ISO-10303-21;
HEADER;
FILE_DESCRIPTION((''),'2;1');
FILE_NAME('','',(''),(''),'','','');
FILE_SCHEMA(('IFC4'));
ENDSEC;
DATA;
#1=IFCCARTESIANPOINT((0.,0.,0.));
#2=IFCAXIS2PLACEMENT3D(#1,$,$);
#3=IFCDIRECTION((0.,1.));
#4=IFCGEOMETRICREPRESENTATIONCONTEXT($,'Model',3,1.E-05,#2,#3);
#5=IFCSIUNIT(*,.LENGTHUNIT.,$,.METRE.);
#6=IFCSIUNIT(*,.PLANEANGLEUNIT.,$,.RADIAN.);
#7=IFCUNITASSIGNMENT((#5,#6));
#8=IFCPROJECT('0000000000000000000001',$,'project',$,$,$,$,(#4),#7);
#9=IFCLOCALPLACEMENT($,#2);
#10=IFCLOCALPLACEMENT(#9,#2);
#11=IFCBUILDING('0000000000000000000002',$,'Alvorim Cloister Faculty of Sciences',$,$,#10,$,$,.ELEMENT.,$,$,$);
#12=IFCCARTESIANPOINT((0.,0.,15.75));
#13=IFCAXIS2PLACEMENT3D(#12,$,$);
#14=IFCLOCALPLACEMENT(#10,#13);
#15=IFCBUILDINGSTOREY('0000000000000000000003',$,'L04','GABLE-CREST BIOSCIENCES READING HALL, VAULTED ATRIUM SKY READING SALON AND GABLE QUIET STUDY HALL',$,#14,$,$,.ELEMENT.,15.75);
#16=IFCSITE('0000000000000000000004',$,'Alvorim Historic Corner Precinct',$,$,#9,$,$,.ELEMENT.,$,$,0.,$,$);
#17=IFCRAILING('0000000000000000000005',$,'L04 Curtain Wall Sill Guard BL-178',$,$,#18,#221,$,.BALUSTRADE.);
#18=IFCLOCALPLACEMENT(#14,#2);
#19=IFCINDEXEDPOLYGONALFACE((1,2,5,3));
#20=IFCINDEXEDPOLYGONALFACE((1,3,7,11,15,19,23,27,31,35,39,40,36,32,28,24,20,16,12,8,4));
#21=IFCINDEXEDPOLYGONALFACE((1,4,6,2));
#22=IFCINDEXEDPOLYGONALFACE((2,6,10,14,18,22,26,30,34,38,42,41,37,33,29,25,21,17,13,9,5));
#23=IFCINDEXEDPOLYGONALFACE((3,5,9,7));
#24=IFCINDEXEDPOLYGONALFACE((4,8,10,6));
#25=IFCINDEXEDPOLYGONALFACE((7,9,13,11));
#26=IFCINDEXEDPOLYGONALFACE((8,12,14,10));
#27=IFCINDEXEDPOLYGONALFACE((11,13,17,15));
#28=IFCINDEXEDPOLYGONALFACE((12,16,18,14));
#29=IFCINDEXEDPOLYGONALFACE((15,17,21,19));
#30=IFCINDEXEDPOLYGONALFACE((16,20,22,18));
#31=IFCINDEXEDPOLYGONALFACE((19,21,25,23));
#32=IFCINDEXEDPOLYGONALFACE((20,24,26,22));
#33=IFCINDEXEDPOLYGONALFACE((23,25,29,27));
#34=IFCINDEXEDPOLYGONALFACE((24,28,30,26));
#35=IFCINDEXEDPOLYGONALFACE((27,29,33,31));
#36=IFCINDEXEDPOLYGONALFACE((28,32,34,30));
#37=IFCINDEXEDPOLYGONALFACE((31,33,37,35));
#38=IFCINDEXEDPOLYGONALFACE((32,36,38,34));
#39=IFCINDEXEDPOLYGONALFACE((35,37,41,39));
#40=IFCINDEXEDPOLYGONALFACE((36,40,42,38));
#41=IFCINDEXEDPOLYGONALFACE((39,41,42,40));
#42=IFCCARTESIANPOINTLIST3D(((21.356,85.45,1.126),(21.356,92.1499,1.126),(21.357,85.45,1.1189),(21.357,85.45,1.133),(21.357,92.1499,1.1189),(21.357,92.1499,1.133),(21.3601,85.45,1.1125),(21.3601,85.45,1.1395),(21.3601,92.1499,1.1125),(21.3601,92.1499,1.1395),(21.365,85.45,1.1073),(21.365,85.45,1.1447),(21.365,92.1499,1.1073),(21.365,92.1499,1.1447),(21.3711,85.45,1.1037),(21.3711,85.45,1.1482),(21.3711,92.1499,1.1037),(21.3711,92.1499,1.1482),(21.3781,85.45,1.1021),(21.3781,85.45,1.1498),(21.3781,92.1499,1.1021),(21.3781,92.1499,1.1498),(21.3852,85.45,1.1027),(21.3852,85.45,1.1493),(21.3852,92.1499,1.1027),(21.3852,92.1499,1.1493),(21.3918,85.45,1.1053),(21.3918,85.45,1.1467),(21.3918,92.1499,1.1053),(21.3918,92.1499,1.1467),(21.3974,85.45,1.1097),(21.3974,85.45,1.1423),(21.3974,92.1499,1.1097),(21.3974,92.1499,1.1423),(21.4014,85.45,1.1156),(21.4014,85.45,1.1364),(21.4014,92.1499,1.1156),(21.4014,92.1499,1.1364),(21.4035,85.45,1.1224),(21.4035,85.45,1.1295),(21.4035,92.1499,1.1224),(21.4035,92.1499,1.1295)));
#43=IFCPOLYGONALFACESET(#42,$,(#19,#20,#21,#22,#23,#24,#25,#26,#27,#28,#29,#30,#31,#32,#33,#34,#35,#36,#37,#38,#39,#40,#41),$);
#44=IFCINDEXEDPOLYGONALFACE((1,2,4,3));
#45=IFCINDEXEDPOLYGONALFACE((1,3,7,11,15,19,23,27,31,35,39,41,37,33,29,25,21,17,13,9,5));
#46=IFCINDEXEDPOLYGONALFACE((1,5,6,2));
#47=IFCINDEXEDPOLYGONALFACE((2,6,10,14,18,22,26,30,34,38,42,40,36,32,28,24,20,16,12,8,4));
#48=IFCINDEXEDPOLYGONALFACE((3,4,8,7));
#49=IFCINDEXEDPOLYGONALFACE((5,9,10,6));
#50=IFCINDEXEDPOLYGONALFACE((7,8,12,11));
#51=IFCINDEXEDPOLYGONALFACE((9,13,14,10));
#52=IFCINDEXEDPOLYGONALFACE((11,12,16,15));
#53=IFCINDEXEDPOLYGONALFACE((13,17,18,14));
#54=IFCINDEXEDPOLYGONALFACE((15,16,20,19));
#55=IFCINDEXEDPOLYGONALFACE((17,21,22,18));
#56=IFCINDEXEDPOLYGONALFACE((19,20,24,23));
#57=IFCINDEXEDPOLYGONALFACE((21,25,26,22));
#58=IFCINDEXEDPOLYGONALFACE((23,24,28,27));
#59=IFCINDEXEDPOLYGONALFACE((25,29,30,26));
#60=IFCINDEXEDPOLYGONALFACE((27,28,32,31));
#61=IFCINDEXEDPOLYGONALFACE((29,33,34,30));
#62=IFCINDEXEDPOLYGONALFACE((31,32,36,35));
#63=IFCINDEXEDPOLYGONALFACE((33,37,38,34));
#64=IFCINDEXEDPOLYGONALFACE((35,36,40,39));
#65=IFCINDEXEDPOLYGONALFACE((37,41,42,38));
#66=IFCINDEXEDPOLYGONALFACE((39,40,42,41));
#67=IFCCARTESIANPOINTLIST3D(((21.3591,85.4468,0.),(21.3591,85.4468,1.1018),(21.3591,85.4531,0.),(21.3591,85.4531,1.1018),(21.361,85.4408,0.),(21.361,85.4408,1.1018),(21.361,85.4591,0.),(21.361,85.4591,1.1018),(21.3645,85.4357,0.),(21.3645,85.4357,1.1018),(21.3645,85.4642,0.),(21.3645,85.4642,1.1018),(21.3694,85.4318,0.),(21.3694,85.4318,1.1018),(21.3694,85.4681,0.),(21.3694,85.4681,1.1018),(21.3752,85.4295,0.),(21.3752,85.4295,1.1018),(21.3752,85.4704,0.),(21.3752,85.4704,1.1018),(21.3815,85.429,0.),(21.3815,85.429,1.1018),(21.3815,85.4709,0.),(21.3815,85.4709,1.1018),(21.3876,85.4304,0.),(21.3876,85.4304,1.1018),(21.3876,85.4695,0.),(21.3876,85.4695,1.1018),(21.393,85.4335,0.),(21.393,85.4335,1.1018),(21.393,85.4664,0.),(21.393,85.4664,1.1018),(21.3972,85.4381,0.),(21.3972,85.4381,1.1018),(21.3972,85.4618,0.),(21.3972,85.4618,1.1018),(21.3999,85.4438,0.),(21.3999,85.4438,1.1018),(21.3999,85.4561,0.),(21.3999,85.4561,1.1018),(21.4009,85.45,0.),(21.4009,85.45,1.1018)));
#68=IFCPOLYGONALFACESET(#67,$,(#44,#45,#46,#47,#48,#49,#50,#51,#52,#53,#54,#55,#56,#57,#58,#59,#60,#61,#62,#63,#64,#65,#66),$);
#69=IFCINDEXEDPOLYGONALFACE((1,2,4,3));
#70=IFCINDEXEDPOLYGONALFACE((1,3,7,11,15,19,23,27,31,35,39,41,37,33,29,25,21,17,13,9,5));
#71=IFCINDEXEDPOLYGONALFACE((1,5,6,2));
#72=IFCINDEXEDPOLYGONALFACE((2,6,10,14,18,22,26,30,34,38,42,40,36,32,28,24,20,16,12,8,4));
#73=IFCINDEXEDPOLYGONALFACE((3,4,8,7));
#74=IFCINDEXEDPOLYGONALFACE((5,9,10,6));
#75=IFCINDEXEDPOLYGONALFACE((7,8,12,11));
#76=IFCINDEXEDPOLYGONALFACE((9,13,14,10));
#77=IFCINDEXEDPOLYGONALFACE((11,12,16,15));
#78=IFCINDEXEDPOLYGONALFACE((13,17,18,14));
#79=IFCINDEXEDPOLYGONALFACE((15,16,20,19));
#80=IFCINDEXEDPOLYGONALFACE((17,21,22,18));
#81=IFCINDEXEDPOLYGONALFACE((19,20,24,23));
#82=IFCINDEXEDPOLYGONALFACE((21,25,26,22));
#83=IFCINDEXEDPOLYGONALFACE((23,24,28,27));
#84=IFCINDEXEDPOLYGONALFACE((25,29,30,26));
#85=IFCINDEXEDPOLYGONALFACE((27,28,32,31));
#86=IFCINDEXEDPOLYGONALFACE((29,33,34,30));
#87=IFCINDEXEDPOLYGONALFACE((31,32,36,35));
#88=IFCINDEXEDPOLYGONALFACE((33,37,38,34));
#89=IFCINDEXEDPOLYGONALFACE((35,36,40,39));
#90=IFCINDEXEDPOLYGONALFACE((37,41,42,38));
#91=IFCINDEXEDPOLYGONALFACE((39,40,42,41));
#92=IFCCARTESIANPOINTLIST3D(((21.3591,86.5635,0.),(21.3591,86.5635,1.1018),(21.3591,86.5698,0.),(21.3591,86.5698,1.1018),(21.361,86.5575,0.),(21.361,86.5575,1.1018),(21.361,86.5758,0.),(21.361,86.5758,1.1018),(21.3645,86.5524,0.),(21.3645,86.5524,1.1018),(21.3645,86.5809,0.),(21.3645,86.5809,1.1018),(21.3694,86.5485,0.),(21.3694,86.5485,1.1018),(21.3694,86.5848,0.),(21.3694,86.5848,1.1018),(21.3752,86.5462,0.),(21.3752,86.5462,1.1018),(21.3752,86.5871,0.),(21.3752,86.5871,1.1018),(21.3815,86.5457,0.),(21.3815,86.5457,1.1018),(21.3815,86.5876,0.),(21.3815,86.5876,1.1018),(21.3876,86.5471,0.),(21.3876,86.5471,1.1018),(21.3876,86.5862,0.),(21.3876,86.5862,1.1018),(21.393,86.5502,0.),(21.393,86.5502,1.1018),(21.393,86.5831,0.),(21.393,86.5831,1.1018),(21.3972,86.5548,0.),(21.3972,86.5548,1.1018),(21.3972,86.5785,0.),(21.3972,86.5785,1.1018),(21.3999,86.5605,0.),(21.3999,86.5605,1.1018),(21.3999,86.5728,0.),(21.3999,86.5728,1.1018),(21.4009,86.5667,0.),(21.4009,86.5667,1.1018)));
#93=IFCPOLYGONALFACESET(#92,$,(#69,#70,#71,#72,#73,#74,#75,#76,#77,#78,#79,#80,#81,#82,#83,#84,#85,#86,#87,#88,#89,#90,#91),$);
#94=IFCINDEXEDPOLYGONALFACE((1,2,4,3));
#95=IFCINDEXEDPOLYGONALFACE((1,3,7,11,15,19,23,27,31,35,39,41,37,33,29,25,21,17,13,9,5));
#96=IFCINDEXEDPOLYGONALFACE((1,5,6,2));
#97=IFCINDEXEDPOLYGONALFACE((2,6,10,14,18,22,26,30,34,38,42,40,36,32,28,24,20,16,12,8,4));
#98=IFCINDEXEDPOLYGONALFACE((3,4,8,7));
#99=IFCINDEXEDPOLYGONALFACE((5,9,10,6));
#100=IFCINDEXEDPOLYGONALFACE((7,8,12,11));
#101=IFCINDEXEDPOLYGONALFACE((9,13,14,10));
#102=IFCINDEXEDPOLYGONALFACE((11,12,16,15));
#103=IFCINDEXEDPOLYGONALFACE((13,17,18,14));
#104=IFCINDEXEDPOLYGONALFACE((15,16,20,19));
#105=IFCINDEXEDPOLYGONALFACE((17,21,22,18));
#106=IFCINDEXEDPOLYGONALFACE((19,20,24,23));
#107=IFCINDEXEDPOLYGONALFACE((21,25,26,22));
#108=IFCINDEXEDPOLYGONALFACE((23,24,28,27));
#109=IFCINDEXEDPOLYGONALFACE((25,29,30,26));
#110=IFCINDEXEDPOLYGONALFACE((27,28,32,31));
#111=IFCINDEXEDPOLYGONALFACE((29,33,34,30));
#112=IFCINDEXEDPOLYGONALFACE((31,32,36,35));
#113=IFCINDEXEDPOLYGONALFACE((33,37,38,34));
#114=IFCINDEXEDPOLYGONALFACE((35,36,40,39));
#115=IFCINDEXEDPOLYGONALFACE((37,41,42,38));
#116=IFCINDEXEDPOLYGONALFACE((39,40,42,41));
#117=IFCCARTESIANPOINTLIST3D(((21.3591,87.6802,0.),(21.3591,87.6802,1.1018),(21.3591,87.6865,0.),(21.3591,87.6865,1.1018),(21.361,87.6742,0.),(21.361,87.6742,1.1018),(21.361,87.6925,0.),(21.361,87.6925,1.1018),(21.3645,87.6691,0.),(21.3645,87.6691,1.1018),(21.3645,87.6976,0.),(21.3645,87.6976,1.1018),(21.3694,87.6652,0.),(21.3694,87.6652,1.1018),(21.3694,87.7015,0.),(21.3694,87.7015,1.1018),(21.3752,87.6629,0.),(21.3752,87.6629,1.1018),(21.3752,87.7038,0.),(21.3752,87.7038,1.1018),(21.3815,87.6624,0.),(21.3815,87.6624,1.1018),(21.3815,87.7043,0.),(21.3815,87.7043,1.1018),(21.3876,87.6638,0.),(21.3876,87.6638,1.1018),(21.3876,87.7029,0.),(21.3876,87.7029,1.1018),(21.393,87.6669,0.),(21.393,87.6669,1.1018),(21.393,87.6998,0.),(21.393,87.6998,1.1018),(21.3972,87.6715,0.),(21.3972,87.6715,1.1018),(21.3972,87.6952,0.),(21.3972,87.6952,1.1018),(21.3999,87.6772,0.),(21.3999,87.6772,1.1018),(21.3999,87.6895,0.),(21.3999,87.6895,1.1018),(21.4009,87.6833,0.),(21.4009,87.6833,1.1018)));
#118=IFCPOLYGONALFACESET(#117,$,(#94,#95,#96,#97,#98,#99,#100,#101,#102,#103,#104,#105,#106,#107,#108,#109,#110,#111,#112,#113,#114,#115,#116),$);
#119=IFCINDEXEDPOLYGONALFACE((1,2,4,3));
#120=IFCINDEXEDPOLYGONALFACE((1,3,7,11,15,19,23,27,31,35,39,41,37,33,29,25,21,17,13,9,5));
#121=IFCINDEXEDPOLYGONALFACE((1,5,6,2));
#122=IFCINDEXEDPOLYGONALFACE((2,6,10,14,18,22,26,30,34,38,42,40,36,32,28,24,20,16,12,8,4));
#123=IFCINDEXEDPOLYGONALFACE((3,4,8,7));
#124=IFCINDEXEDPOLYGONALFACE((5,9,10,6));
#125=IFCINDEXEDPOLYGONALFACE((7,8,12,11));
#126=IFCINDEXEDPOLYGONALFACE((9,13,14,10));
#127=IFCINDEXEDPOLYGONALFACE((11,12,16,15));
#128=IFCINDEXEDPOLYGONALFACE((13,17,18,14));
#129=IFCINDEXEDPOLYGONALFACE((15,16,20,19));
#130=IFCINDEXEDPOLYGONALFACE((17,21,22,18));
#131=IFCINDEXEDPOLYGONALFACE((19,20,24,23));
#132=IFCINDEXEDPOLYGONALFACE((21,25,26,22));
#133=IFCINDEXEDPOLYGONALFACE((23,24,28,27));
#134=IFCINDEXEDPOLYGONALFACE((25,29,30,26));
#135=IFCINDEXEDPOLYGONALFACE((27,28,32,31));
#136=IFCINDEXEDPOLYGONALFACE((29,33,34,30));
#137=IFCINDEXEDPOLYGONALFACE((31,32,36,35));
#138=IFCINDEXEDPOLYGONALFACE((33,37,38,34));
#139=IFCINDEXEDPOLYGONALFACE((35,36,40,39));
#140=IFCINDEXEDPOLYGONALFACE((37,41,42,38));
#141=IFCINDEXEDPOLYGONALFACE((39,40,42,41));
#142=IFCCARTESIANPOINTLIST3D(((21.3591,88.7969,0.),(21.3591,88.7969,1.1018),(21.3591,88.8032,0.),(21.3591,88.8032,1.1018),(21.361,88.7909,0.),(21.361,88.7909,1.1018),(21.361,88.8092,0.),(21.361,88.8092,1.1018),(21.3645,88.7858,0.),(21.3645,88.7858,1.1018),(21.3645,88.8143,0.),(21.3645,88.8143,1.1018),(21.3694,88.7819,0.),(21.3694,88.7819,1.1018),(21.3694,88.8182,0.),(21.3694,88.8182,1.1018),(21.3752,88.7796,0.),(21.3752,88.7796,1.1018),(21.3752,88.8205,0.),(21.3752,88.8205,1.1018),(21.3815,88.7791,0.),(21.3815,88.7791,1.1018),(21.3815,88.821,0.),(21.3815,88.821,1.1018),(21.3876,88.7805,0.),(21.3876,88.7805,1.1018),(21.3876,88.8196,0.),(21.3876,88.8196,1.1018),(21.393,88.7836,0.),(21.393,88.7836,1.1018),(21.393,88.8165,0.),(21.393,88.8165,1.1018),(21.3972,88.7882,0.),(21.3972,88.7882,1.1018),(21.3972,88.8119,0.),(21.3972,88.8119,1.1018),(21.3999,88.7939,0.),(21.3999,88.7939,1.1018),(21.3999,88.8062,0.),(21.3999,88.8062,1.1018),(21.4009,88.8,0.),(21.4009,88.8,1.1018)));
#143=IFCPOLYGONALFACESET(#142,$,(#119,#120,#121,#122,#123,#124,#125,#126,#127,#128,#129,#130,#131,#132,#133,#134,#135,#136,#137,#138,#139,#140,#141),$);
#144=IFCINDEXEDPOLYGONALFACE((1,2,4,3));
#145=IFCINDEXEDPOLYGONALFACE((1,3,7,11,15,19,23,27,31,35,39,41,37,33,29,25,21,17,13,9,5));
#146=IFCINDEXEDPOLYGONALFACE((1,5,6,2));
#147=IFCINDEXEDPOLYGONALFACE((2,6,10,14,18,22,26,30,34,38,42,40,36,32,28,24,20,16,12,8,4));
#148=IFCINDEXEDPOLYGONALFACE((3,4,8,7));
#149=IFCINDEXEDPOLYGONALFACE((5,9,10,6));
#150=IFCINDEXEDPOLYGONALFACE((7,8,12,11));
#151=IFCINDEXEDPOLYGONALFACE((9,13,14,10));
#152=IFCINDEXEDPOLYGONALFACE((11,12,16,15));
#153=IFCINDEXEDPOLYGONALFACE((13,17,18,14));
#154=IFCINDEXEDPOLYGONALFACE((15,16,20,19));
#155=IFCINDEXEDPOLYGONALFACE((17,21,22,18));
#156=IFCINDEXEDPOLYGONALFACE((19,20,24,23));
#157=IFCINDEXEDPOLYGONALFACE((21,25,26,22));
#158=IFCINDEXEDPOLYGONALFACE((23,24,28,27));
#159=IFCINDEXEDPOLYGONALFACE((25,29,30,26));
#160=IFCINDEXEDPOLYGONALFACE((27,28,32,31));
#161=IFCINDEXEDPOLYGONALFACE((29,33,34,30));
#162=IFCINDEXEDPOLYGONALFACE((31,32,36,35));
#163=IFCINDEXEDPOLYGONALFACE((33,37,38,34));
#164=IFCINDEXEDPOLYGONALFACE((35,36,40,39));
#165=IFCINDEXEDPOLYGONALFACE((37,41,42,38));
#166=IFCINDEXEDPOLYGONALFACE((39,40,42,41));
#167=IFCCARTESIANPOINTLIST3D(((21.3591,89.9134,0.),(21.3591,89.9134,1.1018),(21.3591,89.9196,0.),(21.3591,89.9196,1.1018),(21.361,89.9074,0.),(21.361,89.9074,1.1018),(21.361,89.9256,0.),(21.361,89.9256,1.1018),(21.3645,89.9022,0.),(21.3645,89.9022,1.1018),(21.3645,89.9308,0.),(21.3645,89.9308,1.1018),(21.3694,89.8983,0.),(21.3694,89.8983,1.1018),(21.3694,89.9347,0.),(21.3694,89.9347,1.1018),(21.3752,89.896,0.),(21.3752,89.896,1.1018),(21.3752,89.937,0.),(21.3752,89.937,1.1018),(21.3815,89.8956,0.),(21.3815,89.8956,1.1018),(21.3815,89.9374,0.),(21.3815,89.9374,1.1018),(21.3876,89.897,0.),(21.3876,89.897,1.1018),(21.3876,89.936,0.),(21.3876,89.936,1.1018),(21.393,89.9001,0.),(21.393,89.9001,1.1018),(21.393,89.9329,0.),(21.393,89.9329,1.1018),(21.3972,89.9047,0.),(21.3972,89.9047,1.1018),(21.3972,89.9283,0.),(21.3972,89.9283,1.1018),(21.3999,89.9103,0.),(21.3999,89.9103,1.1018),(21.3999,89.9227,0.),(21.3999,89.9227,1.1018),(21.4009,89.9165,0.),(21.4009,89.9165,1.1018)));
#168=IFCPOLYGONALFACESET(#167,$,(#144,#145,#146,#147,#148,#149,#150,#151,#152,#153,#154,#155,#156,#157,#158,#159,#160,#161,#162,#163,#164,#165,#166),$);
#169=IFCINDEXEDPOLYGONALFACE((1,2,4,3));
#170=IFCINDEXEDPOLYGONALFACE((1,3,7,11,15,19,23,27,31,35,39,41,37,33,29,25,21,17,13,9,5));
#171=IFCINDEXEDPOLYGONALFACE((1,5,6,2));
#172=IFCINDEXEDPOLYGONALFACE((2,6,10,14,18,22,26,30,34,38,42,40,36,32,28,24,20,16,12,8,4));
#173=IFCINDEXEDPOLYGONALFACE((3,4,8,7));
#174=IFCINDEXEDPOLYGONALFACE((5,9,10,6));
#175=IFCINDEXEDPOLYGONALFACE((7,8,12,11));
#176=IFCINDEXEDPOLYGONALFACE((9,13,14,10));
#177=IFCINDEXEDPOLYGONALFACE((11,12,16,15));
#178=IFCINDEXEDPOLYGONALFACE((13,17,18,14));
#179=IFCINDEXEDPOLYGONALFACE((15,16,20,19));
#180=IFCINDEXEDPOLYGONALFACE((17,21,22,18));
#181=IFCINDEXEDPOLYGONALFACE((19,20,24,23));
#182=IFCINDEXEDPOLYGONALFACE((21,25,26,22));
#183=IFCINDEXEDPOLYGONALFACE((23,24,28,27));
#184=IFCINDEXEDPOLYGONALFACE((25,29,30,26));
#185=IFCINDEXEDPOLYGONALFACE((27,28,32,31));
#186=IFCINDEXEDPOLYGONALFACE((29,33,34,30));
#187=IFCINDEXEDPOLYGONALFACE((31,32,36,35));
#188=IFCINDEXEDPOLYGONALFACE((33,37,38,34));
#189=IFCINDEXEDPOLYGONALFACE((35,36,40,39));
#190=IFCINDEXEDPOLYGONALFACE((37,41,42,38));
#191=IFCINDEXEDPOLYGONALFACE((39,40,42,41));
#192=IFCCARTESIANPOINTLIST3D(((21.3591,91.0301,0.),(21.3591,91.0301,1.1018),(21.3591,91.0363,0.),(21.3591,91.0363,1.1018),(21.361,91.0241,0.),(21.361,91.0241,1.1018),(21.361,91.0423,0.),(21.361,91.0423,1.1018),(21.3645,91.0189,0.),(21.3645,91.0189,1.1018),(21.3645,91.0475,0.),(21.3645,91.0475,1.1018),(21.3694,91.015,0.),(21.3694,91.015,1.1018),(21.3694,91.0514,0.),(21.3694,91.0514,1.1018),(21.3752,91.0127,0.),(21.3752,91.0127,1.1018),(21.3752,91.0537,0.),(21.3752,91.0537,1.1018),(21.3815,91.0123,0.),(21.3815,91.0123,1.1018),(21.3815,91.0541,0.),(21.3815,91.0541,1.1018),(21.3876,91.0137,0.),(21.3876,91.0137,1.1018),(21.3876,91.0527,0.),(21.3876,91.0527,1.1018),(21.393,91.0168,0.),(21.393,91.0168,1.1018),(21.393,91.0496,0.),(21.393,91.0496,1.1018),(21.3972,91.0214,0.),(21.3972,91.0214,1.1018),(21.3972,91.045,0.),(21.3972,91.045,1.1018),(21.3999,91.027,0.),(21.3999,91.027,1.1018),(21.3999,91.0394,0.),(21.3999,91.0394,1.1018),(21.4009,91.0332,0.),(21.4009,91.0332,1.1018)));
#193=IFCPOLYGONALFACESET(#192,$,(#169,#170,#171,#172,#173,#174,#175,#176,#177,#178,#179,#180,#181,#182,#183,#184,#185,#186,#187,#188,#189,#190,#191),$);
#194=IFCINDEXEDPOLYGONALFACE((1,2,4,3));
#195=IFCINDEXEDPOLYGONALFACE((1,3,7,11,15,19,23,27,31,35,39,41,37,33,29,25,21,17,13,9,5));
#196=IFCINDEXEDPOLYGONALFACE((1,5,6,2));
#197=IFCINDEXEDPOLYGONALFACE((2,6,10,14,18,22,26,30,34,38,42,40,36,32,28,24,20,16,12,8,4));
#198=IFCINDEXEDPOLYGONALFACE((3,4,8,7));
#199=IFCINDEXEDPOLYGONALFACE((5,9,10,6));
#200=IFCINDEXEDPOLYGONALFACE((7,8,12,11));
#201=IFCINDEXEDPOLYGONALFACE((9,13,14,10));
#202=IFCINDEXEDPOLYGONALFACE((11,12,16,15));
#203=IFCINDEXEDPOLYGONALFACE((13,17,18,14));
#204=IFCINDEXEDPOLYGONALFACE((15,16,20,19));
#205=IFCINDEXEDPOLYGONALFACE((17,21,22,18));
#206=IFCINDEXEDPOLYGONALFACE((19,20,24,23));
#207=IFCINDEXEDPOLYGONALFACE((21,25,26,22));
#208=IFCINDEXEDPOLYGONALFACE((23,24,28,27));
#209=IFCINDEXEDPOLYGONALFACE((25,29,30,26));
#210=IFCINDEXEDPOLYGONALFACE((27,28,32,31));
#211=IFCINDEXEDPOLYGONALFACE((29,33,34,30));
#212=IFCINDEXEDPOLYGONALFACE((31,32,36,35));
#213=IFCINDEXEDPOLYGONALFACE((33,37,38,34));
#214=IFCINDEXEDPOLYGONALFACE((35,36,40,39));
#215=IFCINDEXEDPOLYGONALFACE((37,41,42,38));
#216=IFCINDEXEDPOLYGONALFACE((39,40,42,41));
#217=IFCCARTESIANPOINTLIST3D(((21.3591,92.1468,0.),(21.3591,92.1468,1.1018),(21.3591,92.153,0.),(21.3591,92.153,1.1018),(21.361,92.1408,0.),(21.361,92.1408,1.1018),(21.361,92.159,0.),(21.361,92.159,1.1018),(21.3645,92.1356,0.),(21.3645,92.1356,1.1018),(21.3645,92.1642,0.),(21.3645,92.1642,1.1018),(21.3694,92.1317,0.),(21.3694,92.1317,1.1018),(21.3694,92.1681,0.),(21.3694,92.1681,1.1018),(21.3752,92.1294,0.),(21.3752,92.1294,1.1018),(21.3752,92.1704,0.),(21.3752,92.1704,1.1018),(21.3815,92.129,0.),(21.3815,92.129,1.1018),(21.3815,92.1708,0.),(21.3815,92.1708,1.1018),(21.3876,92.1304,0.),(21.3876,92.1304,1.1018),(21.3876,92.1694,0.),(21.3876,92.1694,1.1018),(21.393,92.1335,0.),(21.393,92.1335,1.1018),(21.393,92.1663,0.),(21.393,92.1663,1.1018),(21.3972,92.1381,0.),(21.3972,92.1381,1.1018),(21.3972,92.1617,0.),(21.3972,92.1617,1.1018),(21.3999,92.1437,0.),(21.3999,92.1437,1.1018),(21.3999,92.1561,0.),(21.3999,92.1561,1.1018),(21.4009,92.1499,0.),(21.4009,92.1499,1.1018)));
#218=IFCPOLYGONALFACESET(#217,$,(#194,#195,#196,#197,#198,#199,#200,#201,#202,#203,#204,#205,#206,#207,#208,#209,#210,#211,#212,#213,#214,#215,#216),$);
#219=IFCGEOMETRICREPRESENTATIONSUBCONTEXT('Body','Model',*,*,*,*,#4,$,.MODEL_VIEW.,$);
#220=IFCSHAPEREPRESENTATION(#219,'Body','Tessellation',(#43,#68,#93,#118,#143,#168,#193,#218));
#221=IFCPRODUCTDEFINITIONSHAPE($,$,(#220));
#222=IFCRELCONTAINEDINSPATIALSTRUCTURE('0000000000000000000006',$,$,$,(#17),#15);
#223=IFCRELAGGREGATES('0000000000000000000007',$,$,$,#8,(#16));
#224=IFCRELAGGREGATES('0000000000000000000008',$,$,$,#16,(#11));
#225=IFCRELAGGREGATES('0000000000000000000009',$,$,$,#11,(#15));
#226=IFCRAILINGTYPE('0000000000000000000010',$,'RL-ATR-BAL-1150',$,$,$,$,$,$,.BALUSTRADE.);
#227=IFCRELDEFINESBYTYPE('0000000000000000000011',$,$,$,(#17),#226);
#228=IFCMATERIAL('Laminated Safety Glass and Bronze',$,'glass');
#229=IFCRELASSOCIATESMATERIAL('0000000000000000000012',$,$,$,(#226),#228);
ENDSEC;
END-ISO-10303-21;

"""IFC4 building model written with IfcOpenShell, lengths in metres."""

from ifc_helpers import new_model, si_unit, direction, frame, origin, origin_2d, place, context, subcontext, project, spatial, circle, extrude, material, type_object, element, save


model = new_model("IFC4")

# Units and contexts
model_context = context("Model", 3, precision=1e-05, world=origin(), true_north=direction((0.0, 1.0)))
body_context = subcontext(model_context, "Body", "Model", "MODEL_VIEW")
ifc_project = project(units=[si_unit("LENGTHUNIT", "METRE"), si_unit("PLANEANGLEUNIT", "RADIAN")], contexts=[model_context])

# Site, building, storey
site_placement = place(None, origin())
site = spatial("IfcSite", under=ifc_project, at=site_placement, Name="Alvorim Historic Corner Precinct", CompositionType="ELEMENT", RefElevation=0.0)
building_placement = place(site_placement, origin())
building = spatial("IfcBuilding", under=site, at=building_placement, Name="Alvorim Cloister Faculty of Sciences", CompositionType="ELEMENT")
storey_placement = place(building_placement, frame((0.0, 0.0, 15.75)))
storey = spatial("IfcBuildingStorey", under=building, at=storey_placement, Name="L04", Description="GABLE-CREST BIOSCIENCES READING HALL, VAULTED ATRIUM SKY READING SALON AND GABLE QUIET STUDY HALL", CompositionType="ELEMENT", Elevation=15.75)

# Railing
ifc_material_1 = material(Name="Laminated Safety Glass and Bronze", Category="glass")
railing_type = type_object("IfcRailingType", Name="RL-ATR-BAL-1150", PredefinedType="BALUSTRADE", material=ifc_material_1)
railing_1_placement = place(storey_placement, frame((21.3799, 85.45, 0.0)))
element("IfcRailing", 1, at=railing_1_placement, inside=storey, type_object=railing_type, Name="L04 Curtain Wall Sill Guard BL-178", PredefinedType="BALUSTRADE", context=body_context, shape_type="SweptSolid", body=[
    extrude(circle(Radius=0.0239, at=origin_2d()), frame((0.0, 0.0, 1.126), z_axis=(0.0, 1.0, 0.0), x_axis=(-1.0, 0.0, 0.0)), (0.0, 0.0, 1.0), 6.7),
    extrude(circle(Radius=0.021, at=origin_2d()), origin(), (0.0, 0.0, 1.0), 1.1018),
    extrude(circle(Radius=0.021, at=origin_2d()), frame((0.0, 1.1167, 0.0)), (0.0, 0.0, 1.0), 1.1018),
    extrude(circle(Radius=0.021, at=origin_2d()), frame((0.0, 2.2334, 0.0)), (0.0, 0.0, 1.0), 1.1018),
    extrude(circle(Radius=0.021, at=origin_2d()), frame((0.0, 3.3501, 0.0)), (0.0, 0.0, 1.0), 1.1018),
    extrude(circle(Radius=0.021, at=origin_2d()), frame((0.0, 4.4666, 0.0)), (0.0, 0.0, 1.0), 1.1018),
    extrude(circle(Radius=0.021, at=origin_2d()), frame((0.0, 5.5833, 0.0)), (0.0, 0.0, 1.0), 1.1018),
    extrude(circle(Radius=0.021, at=origin_2d()), frame((0.0, 6.7, 0.0)), (0.0, 0.0, 1.0), 1.1018),
])

save(model, "model.ifc")
